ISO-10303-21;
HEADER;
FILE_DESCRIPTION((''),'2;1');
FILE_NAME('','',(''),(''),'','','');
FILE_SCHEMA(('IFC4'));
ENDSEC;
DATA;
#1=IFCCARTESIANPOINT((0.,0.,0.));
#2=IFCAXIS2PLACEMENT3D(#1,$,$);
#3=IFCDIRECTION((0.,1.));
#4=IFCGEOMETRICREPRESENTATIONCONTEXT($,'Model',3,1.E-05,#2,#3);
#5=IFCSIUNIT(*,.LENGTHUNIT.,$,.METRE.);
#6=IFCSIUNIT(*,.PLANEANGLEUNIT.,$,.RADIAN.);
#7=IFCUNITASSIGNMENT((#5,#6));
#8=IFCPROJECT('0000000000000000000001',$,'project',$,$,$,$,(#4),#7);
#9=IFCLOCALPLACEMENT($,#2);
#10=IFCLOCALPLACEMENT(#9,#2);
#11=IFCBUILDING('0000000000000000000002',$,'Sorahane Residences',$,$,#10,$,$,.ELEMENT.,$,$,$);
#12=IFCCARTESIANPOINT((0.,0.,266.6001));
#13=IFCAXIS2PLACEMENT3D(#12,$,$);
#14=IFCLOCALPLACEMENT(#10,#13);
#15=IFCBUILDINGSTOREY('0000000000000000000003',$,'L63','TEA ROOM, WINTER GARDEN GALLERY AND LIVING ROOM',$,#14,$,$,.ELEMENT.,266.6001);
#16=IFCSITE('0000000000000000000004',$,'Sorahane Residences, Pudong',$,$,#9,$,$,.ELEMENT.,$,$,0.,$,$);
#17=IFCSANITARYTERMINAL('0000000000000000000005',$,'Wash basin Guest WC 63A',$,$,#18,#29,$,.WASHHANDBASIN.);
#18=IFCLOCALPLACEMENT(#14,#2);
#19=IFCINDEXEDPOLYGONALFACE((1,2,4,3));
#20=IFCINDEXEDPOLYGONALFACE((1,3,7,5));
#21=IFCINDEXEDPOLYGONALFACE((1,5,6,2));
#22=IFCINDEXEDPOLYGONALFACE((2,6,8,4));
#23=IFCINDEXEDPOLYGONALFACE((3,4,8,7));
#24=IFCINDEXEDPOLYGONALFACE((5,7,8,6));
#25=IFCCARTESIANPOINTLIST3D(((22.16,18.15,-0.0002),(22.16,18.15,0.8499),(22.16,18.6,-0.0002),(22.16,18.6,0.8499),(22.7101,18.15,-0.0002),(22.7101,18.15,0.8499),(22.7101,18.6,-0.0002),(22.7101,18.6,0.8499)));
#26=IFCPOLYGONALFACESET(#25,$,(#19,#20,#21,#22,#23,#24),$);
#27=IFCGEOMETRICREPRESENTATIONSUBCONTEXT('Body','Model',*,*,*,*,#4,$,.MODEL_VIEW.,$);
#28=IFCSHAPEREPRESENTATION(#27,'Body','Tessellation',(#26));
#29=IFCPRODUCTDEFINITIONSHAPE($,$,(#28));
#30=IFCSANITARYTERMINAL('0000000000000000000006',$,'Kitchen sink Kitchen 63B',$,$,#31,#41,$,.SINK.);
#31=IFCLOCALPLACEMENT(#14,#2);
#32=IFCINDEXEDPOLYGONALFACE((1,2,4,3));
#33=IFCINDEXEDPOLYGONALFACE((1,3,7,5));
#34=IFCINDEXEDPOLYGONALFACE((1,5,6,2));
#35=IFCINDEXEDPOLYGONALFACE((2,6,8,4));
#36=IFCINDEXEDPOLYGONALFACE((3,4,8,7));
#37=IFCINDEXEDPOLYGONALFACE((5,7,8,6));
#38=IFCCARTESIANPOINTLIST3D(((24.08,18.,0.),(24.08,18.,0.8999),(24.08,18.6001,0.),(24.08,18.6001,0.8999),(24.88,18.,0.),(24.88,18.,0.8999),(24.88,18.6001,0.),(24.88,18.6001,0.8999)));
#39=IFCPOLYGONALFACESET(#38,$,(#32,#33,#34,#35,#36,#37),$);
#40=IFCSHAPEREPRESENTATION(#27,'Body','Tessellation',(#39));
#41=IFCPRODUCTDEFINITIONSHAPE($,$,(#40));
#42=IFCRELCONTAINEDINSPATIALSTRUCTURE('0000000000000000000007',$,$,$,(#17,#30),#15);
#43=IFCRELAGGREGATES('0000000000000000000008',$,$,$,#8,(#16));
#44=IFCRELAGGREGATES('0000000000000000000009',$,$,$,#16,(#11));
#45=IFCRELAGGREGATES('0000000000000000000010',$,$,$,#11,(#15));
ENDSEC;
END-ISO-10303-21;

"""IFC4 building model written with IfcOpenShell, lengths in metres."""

from ifc_helpers import new_model, si_unit, direction, frame, origin, origin_2d, place, context, subcontext, project, spatial, rectangle, extrude, element, save


model = new_model("IFC4")

# Units and contexts
model_context = context("Model", 3, precision=1e-05, world=origin(), true_north=direction((0.0, 1.0)))
body_context = subcontext(model_context, "Body", "Model", "MODEL_VIEW")
ifc_project = project(units=[si_unit("LENGTHUNIT", "METRE"), si_unit("PLANEANGLEUNIT", "RADIAN")], contexts=[model_context])

# Site, building, storey
site_placement = place(None, origin())
site = spatial("IfcSite", under=ifc_project, at=site_placement, Name="Sorahane Residences, Pudong", CompositionType="ELEMENT", RefElevation=0.0)
building_placement = place(site_placement, origin())
building = spatial("IfcBuilding", under=site, at=building_placement, Name="Sorahane Residences", CompositionType="ELEMENT")
storey_placement = place(building_placement, frame((0.0, 0.0, 266.6001)))
storey = spatial("IfcBuildingStorey", under=building, at=storey_placement, Name="L63", Description="TEA ROOM, WINTER GARDEN GALLERY AND LIVING ROOM", CompositionType="ELEMENT", Elevation=266.6001)

# Sanitary terminals
sanitary_terminal_1_placement = place(storey_placement, frame((22.4351, 18.375, -0.0002), z_axis=(0.0, 0.0, 1.0), x_axis=(1.0, 0.0, 0.0)))
element("IfcSanitaryTerminal", 1, at=sanitary_terminal_1_placement, inside=storey, Name="Wash basin Guest WC 63A", PredefinedType="WASHHANDBASIN", context=body_context, shape_type="SweptSolid", body=[
    extrude(rectangle(XDim=0.55, YDim=0.45, at=origin_2d()), origin(), (0.0, 0.0, 1.0), 0.8501),
])
sanitary_terminal_2_placement = place(storey_placement, frame((24.48, 18.3, 0.0), z_axis=(0.0, 0.0, 1.0), x_axis=(1.0, 0.0, 0.0)))
element("IfcSanitaryTerminal", 2, at=sanitary_terminal_2_placement, inside=storey, Name="Kitchen sink Kitchen 63B", PredefinedType="SINK", context=body_context, shape_type="SweptSolid", body=[
    extrude(rectangle(XDim=0.8, YDim=0.6001, at=origin_2d()), origin(), (0.0, 0.0, 1.0), 0.8999),
])

save(model, "model.ifc")
